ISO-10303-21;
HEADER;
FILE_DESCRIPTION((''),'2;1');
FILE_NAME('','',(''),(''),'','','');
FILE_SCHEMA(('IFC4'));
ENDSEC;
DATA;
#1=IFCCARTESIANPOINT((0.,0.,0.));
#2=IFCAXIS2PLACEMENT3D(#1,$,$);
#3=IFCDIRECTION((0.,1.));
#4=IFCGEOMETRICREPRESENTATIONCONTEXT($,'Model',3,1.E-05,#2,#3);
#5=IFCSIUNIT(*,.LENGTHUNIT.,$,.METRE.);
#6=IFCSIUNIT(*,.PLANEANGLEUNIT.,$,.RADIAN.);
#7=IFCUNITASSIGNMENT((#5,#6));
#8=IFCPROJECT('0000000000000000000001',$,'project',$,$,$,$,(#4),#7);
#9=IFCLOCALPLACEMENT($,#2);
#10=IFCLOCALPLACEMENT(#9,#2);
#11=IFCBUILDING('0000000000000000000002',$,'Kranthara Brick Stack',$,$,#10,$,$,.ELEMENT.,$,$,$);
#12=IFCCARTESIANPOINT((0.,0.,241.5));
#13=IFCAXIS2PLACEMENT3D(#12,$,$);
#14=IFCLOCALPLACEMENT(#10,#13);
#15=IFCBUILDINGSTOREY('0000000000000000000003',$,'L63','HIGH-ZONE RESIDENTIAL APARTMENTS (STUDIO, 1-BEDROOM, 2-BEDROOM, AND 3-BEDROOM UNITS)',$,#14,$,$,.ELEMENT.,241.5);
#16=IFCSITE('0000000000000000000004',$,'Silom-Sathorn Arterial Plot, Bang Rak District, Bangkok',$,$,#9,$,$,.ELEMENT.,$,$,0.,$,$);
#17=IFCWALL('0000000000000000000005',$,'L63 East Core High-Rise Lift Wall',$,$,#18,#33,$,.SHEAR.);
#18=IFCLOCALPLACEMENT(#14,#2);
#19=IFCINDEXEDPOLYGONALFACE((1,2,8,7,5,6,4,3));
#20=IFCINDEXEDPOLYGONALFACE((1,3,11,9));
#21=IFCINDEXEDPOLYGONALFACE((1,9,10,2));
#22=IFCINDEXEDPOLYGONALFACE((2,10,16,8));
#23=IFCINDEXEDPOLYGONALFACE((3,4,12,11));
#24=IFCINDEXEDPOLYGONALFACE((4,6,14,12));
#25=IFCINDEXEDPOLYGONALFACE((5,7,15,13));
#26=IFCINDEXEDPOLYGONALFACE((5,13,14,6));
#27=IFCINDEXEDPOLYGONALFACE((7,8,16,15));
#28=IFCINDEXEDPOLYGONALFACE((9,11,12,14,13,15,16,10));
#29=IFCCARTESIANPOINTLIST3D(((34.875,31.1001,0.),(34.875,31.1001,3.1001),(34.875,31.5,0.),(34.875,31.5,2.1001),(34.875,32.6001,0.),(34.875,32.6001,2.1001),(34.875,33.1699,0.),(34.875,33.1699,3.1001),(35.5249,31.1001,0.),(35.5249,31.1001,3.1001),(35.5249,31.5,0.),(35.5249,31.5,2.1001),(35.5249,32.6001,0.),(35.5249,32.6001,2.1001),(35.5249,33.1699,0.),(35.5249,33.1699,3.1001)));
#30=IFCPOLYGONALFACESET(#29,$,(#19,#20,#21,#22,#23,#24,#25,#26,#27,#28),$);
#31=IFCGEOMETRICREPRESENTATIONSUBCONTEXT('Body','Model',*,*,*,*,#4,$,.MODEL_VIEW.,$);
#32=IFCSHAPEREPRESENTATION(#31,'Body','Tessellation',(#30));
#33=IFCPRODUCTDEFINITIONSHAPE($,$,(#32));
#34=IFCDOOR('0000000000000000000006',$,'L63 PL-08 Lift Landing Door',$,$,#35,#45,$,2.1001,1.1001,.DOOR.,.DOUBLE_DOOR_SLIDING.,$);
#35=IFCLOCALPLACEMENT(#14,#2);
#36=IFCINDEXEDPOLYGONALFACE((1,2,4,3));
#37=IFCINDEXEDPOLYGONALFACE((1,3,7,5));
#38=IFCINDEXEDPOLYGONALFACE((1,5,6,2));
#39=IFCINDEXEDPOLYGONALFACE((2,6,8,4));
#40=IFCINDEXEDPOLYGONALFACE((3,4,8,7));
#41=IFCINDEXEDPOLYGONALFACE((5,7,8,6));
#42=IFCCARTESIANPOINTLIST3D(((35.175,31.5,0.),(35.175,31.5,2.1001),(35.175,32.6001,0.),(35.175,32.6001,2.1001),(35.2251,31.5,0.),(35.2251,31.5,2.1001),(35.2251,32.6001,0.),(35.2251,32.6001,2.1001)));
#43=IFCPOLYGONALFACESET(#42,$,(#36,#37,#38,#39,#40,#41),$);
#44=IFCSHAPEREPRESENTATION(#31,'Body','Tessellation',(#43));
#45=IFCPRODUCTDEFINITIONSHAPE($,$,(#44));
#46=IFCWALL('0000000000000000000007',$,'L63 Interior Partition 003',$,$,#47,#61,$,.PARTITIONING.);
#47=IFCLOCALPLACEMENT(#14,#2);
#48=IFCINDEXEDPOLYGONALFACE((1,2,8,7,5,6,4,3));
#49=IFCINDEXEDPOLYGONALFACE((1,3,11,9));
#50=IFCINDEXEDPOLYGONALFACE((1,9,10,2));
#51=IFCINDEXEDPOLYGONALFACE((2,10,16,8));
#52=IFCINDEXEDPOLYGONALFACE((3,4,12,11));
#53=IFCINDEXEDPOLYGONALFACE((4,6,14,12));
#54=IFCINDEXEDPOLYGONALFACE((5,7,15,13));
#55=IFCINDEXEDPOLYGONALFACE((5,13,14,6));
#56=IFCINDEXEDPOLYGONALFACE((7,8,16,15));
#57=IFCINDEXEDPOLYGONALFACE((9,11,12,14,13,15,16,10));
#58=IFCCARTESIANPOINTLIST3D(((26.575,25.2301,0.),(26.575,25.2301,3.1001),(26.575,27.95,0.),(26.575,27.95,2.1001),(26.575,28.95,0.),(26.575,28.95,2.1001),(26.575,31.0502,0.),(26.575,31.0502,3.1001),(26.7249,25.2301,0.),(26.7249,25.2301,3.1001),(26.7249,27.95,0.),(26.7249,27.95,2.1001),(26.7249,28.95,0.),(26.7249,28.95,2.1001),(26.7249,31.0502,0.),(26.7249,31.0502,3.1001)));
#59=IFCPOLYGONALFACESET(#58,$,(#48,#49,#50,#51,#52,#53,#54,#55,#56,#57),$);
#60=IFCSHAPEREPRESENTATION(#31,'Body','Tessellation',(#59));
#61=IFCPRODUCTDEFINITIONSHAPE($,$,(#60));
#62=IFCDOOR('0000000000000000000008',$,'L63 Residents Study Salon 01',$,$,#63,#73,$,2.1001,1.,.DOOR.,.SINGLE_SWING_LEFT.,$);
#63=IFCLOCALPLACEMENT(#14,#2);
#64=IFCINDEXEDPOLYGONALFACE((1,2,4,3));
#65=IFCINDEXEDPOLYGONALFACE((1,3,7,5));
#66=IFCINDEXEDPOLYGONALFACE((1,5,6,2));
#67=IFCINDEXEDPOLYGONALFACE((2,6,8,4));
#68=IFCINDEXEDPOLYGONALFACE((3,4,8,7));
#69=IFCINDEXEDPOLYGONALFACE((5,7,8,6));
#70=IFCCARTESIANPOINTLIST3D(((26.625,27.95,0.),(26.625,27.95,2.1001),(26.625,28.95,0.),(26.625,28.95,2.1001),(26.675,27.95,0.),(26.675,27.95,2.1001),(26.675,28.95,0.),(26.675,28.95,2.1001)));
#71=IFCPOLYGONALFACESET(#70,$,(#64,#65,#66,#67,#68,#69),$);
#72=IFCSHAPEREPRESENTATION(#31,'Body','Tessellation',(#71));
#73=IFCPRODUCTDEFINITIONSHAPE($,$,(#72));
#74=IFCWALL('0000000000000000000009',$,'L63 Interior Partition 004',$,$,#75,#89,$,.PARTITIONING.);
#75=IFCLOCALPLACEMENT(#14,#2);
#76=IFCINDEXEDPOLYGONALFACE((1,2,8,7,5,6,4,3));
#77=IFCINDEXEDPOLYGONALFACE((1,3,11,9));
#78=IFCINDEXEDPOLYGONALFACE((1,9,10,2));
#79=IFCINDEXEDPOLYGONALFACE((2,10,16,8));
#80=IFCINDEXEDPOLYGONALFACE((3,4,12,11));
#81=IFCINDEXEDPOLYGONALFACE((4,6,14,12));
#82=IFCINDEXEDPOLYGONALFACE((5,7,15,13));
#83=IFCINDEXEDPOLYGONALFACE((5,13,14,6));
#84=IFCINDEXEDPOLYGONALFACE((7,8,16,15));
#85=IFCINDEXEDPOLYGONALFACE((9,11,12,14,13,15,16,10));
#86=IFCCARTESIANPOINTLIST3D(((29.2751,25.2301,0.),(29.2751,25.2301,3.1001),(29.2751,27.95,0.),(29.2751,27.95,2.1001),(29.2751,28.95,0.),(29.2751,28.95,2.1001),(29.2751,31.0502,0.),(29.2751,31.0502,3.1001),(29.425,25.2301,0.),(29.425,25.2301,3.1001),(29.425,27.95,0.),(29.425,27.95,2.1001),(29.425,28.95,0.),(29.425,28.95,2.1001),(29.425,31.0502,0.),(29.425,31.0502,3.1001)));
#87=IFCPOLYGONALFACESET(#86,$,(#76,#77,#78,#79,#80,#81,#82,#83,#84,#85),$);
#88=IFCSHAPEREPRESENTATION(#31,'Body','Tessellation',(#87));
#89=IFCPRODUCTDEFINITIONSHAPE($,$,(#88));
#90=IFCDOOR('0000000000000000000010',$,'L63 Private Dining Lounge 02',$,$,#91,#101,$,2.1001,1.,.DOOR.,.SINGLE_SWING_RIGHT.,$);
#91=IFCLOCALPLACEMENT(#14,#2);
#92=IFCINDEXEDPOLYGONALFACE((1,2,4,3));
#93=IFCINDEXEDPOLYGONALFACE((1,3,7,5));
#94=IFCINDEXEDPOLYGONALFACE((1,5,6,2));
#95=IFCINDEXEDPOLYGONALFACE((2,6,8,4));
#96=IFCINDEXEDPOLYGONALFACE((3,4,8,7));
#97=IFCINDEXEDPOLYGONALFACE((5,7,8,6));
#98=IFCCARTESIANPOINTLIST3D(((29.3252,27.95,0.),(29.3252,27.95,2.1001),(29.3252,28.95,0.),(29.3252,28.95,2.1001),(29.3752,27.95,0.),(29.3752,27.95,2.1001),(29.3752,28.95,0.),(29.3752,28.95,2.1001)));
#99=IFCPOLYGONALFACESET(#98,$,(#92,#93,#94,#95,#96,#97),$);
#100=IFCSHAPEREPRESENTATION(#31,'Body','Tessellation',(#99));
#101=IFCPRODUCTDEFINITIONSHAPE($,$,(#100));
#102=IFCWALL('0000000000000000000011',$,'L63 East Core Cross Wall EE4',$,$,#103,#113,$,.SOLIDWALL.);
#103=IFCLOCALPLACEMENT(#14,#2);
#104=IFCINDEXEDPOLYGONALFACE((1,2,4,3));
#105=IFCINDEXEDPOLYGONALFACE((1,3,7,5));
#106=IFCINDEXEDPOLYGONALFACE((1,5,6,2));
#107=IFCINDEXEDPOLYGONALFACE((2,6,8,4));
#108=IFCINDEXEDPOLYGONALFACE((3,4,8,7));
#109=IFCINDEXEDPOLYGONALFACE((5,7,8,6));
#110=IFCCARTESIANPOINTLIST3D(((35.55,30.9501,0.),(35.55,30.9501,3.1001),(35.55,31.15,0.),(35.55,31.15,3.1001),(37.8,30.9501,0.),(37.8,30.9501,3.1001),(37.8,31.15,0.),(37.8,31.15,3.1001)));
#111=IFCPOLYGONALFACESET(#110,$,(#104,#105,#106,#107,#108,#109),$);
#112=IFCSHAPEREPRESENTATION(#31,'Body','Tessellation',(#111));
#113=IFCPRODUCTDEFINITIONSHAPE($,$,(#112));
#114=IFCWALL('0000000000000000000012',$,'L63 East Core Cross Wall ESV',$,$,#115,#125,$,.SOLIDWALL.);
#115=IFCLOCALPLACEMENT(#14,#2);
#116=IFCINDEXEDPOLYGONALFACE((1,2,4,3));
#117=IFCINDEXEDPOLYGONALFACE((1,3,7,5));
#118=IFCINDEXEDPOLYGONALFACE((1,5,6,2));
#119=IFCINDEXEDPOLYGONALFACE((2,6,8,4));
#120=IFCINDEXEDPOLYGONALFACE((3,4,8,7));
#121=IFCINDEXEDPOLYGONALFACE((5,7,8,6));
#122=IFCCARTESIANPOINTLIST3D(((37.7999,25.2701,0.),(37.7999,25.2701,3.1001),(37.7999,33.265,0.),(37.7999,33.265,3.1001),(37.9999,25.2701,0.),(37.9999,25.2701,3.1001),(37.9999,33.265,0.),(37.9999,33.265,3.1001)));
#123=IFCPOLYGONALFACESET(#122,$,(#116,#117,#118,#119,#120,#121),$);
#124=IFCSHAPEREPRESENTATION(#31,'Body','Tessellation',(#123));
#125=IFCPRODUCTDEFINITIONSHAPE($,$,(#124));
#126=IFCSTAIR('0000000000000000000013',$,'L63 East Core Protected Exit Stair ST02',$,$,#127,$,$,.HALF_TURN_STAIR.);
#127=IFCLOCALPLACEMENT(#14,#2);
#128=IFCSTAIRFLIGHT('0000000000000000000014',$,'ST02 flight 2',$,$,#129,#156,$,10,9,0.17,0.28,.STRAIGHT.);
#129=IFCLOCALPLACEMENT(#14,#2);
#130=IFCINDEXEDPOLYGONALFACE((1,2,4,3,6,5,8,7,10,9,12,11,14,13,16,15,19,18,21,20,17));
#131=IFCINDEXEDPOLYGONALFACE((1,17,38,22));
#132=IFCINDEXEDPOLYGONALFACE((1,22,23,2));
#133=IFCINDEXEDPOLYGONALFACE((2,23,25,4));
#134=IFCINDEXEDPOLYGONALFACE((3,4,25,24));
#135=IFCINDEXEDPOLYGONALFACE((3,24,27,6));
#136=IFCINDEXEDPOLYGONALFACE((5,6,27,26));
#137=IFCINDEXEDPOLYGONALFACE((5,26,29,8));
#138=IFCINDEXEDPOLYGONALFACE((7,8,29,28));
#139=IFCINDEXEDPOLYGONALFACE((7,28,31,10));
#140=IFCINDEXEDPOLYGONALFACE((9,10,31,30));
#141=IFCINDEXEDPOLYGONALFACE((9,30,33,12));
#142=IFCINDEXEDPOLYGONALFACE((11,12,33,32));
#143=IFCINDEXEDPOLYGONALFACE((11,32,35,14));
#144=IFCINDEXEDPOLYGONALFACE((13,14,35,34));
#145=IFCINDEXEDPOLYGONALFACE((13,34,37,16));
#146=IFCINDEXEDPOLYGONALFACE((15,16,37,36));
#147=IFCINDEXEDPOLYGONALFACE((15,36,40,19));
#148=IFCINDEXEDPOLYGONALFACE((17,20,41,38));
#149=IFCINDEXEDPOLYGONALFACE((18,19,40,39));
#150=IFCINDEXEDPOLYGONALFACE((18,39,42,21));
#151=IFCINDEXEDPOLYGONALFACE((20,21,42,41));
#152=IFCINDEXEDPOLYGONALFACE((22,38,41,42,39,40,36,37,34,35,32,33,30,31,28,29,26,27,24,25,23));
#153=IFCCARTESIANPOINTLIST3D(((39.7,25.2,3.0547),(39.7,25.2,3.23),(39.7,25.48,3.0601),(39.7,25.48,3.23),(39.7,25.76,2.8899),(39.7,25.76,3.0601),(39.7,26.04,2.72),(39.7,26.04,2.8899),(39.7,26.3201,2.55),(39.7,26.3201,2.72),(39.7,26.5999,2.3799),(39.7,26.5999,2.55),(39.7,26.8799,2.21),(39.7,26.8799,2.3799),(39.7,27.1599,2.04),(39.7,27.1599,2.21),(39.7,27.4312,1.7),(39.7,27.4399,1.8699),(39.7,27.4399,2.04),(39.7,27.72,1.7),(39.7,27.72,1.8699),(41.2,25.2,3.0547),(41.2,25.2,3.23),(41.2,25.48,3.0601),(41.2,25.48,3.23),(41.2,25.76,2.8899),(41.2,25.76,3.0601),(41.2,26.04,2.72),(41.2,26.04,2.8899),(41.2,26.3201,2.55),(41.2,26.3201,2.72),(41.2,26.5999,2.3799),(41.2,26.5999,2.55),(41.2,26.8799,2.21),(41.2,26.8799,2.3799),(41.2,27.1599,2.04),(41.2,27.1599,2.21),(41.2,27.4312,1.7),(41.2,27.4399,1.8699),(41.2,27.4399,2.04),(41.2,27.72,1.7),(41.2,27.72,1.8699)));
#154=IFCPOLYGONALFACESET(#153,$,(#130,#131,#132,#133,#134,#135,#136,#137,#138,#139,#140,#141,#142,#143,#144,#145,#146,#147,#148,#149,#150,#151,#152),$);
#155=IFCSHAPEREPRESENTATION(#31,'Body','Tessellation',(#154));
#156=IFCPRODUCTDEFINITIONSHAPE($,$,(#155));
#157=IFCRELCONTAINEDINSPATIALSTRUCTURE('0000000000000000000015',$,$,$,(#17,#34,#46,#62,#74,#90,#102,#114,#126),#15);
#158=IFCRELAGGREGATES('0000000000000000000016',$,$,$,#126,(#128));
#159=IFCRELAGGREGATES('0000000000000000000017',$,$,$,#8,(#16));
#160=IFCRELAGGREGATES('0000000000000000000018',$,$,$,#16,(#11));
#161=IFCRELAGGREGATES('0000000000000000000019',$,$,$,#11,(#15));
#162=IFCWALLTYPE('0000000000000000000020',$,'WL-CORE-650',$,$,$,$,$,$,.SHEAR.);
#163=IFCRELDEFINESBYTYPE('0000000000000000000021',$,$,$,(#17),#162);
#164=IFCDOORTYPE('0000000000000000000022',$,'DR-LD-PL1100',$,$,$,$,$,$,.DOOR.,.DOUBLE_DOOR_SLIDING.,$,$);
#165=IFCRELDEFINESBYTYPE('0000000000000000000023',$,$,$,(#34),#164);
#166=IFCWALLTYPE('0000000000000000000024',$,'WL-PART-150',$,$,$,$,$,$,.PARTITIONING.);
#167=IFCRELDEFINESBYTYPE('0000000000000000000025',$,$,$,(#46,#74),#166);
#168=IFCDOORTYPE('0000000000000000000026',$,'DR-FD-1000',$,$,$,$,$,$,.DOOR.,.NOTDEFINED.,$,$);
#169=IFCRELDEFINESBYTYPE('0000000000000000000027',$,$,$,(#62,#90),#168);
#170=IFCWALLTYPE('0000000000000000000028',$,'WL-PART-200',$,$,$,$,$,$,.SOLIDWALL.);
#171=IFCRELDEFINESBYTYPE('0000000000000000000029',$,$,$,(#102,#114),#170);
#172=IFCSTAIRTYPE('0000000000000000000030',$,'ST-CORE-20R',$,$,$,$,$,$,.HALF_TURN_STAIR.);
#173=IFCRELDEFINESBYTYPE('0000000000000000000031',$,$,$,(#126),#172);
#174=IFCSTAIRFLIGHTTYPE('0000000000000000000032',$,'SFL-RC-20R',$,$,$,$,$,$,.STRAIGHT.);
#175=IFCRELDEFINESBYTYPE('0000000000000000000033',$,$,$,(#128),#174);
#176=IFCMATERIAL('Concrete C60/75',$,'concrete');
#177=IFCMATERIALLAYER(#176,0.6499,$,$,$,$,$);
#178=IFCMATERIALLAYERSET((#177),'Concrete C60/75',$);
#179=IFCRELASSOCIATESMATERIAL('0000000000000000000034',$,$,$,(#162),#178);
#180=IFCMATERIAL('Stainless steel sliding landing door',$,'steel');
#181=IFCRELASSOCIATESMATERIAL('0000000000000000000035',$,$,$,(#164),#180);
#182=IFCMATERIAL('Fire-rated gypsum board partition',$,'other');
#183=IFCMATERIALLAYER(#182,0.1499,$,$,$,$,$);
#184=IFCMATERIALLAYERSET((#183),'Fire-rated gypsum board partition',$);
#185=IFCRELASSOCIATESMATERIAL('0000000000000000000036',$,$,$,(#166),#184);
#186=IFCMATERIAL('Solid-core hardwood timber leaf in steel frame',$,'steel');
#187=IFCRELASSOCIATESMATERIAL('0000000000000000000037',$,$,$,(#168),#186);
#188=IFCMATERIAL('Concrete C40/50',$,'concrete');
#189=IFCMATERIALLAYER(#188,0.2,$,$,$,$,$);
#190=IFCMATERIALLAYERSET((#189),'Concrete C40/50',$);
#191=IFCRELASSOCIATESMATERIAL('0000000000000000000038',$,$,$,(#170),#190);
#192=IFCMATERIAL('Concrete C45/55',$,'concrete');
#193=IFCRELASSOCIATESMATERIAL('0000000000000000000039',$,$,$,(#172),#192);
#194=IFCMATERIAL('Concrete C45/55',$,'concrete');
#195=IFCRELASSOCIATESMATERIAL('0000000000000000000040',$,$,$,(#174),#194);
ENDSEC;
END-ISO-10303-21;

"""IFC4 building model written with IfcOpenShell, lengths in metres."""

from ifc_helpers import new_model, si_unit, direction, frame, frame_2d, origin, place, context, subcontext, project, spatial, polyline, rectangle, outline, extrude, material, layer, layer_set, type_object, element, fill, aggregate, save


model = new_model("IFC4")

# Units and contexts
model_context = context("Model", 3, precision=1e-05, world=origin(), true_north=direction((0.0, 1.0)))
body_context = subcontext(model_context, "Body", "Model", "MODEL_VIEW")
ifc_project = project(units=[si_unit("LENGTHUNIT", "METRE"), si_unit("PLANEANGLEUNIT", "RADIAN")], contexts=[model_context])

# Site, building, storey
site_placement = place(None, origin())
site = spatial("IfcSite", under=ifc_project, at=site_placement, Name="Silom-Sathorn Arterial Plot, Bang Rak District, Bangkok", CompositionType="ELEMENT", RefElevation=0.0)
building_placement = place(site_placement, origin())
building = spatial("IfcBuilding", under=site, at=building_placement, Name="Kranthara Brick Stack", CompositionType="ELEMENT")
storey_placement = place(building_placement, frame((0.0, 0.0, 241.5)))
storey = spatial("IfcBuildingStorey", under=building, at=storey_placement, Name="L63", Description="HIGH-ZONE RESIDENTIAL APARTMENTS (STUDIO, 1-BEDROOM, 2-BEDROOM, AND 3-BEDROOM UNITS)", CompositionType="ELEMENT", Elevation=241.5)

# Shared definitions
ifc_material_1 = material(Name="Concrete C60/75", Category="concrete")
ifc_layer_1 = layer(ifc_material_1, 0.6499)
ifc_layer_set_1 = layer_set([ifc_layer_1], Name="Concrete C60/75")
wall_type_1 = type_object("IfcWallType", Name="WL-CORE-650", PredefinedType="SHEAR", material=ifc_layer_set_1)

# Walls, openings, doors
wall_1_placement = place(storey_placement, frame((35.2, 31.1001, 0.0), z_axis=(0.0, 0.0, 1.0), x_axis=(0.0, 1.0, 0.0)))
wall_1 = element("IfcWall", 1, at=wall_1_placement, inside=storey, type_object=wall_type_1, Name="L63 East Core High-Rise Lift Wall", PredefinedType="SHEAR", context=body_context, shape_type="SweptSolid", body=[
    extrude(rectangle(XDim=2.0698, YDim=0.6499, at=frame_2d((1.0349, 0.0))), origin(), (0.0, 0.0, 1.0), 3.1001),
])
opening_1_placement = place(wall_1_placement, frame((0.3999, 0.0, 0.0)))
opening_1 = element("IfcOpeningElement", 2, at=opening_1_placement, cuts=wall_1, PredefinedType="OPENING", context=body_context, shape_type="SweptSolid", body=[
    extrude(rectangle(XDim=1.1001, YDim=2.1001, at=frame_2d((0.55, 1.05))), frame((0.0, 0.335, 0.0), z_axis=(0.0, -1.0, 0.0), x_axis=(1.0, 0.0, 0.0)), (0.0, 0.0, 1.0), 0.6699),
])
ifc_material_2 = material(Name="Stainless steel sliding landing door", Category="steel")
door_type_1 = type_object("IfcDoorType", Name="DR-LD-PL1100", OperationType="DOUBLE_DOOR_SLIDING", PredefinedType="DOOR", material=ifc_material_2)
door_1_placement = place(opening_1_placement, origin())
door_1 = element("IfcDoor", 3, at=door_1_placement, inside=storey, type_object=door_type_1, Name="L63 PL-08 Lift Landing Door", OperationType="DOUBLE_DOOR_SLIDING", OverallHeight=2.1001, OverallWidth=1.1001, PredefinedType="DOOR", context=body_context, shape_type="SweptSolid", body=[
    extrude(rectangle(XDim=1.1001, YDim=2.1001, at=frame_2d((0.55, 1.05))), frame((0.0, 0.0249, 0.0), z_axis=(0.0, -1.0, 0.0), x_axis=(1.0, 0.0, 0.0)), (0.0, 0.0, 1.0), 0.05),
])
fill(opening_1, door_1)
ifc_material_3 = material(Name="Fire-rated gypsum board partition", Category="other")
ifc_layer_2 = layer(ifc_material_3, 0.1499)
ifc_layer_set_2 = layer_set([ifc_layer_2], Name="Fire-rated gypsum board partition")
wall_type_2 = type_object("IfcWallType", Name="WL-PART-150", PredefinedType="PARTITIONING", material=ifc_layer_set_2)
wall_2_placement = place(storey_placement, frame((26.6499, 25.23, 0.0), z_axis=(0.0, 0.0, 1.0), x_axis=(0.0, 1.0, 0.0)))
wall_2 = element("IfcWall", 4, at=wall_2_placement, inside=storey, type_object=wall_type_2, Name="L63 Interior Partition 003", PredefinedType="PARTITIONING", context=body_context, shape_type="SweptSolid", body=[
    extrude(rectangle(XDim=5.8201, YDim=0.1499, at=frame_2d((2.9102, 0.0))), origin(), (0.0, 0.0, 1.0), 3.1001),
])
opening_2_placement = place(wall_2_placement, frame((2.72, 0.0, 0.0)))
opening_2 = element("IfcOpeningElement", 5, at=opening_2_placement, cuts=wall_2, PredefinedType="OPENING", context=body_context, shape_type="SweptSolid", body=[
    extrude(rectangle(XDim=1.0, YDim=2.1001, at=frame_2d((0.5, 1.05))), frame((0.0, 0.085, 0.0), z_axis=(0.0, -1.0, 0.0), x_axis=(1.0, 0.0, 0.0)), (0.0, 0.0, 1.0), 0.1699),
])
ifc_material_4 = material(Name="Solid-core hardwood timber leaf in steel frame", Category="steel")
door_type_2 = type_object("IfcDoorType", Name="DR-FD-1000", OperationType="NOTDEFINED", PredefinedType="DOOR", material=ifc_material_4)
door_2_placement = place(opening_2_placement, origin())
door_2 = element("IfcDoor", 6, at=door_2_placement, inside=storey, type_object=door_type_2, Name="L63 Residents Study Salon 01", OperationType="SINGLE_SWING_LEFT", OverallHeight=2.1001, OverallWidth=1.0, PredefinedType="DOOR", context=body_context, shape_type="SweptSolid", body=[
    extrude(rectangle(XDim=1.0, YDim=2.1001, at=frame_2d((0.5, 1.05))), frame((0.0, 0.0249, 0.0), z_axis=(0.0, -1.0, 0.0), x_axis=(1.0, 0.0, 0.0)), (0.0, 0.0, 1.0), 0.05),
])
fill(opening_2, door_2)
wall_3_placement = place(storey_placement, frame((29.3501, 25.23, 0.0), z_axis=(0.0, 0.0, 1.0), x_axis=(0.0, 1.0, 0.0)))
wall_3 = element("IfcWall", 7, at=wall_3_placement, inside=storey, type_object=wall_type_2, Name="L63 Interior Partition 004", PredefinedType="PARTITIONING", context=body_context, shape_type="SweptSolid", body=[
    extrude(rectangle(XDim=5.8201, YDim=0.1499, at=frame_2d((2.9102, 0.0))), origin(), (0.0, 0.0, 1.0), 3.1001),
])
opening_3_placement = place(wall_3_placement, frame((2.72, 0.0, 0.0)))
opening_3 = element("IfcOpeningElement", 8, at=opening_3_placement, cuts=wall_3, PredefinedType="OPENING", context=body_context, shape_type="SweptSolid", body=[
    extrude(rectangle(XDim=1.0, YDim=2.1001, at=frame_2d((0.5, 1.05))), frame((0.0, 0.085, 0.0), z_axis=(0.0, -1.0, 0.0), x_axis=(1.0, 0.0, 0.0)), (0.0, 0.0, 1.0), 0.1699),
])
door_3_placement = place(opening_3_placement, origin())
door_3 = element("IfcDoor", 9, at=door_3_placement, inside=storey, type_object=door_type_2, Name="L63 Private Dining Lounge 02", OperationType="SINGLE_SWING_RIGHT", OverallHeight=2.1001, OverallWidth=1.0, PredefinedType="DOOR", context=body_context, shape_type="SweptSolid", body=[
    extrude(rectangle(XDim=1.0, YDim=2.1001, at=frame_2d((0.5, 1.05))), frame((0.0, 0.0249, 0.0), z_axis=(0.0, -1.0, 0.0), x_axis=(1.0, 0.0, 0.0)), (0.0, 0.0, 1.0), 0.05),
])
fill(opening_3, door_3)

# Walls
ifc_material_5 = material(Name="Concrete C40/50", Category="concrete")
ifc_layer_3 = layer(ifc_material_5, 0.2)
ifc_layer_set_3 = layer_set([ifc_layer_3], Name="Concrete C40/50")
wall_type_3 = type_object("IfcWallType", Name="WL-PART-200", PredefinedType="SOLIDWALL", material=ifc_layer_set_3)
wall_4_placement = place(storey_placement, frame((35.55, 31.05, 0.0), z_axis=(0.0, 0.0, 1.0), x_axis=(1.0, 0.0, 0.0)))
element("IfcWall", 10, at=wall_4_placement, inside=storey, type_object=wall_type_3, Name="L63 East Core Cross Wall EE4", PredefinedType="SOLIDWALL", context=body_context, shape_type="SweptSolid", body=[
    extrude(rectangle(XDim=2.25, YDim=0.2, at=frame_2d((1.125, 0.0))), origin(), (0.0, 0.0, 1.0), 3.1001),
])
wall_5_placement = place(storey_placement, frame((37.8999, 25.27, 0.0), z_axis=(0.0, 0.0, 1.0), x_axis=(0.0, 1.0, 0.0)))
element("IfcWall", 11, at=wall_5_placement, inside=storey, type_object=wall_type_3, Name="L63 East Core Cross Wall ESV", PredefinedType="SOLIDWALL", context=body_context, shape_type="SweptSolid", body=[
    extrude(rectangle(XDim=7.9949, YDim=0.2, at=frame_2d((3.9976, 0.0))), origin(), (0.0, 0.0, 1.0), 3.1001),
])

# Stair, stair flight
ifc_material_6 = material(Name="Concrete C45/55", Category="concrete")
stair_type = type_object("IfcStairType", Name="ST-CORE-20R", PredefinedType="HALF_TURN_STAIR", material=ifc_material_6)
stair_placement = place(storey_placement, origin())
stair = element("IfcStair", 12, at=stair_placement, inside=storey, type_object=stair_type, Name="L63 East Core Protected Exit Stair ST02", PredefinedType="HALF_TURN_STAIR")
ifc_material_7 = material(Name="Concrete C45/55", Category="concrete")
stair_flight_type = type_object("IfcStairFlightType", Name="SFL-RC-20R", PredefinedType="STRAIGHT", material=ifc_material_7)
stair_flight_placement = place(storey_placement, frame((40.45, 27.72, 1.7), z_axis=(0.0, 0.0, 1.0), x_axis=(0.0, -1.0, 0.0)))
stair_flight = element("IfcStairFlight", 13, at=stair_flight_placement, type_object=stair_flight_type, Name="ST02 flight 2", NumberOfRisers=10, NumberOfTreads=9, PredefinedType="STRAIGHT", RiserHeight=0.17, TreadLength=0.28, context=body_context, shape_type="SweptSolid", body=[
    extrude(outline(polyline([(0.0, 0.0), (0.0, 0.1699), (0.28, 0.1699), (0.28, 0.3401), (0.5601, 0.3401), (0.5601, 0.51), (0.8401, 0.51), (0.8401, 0.6799), (1.1201, 0.6799), (1.1201, 0.8501), (1.3999, 0.8501), (1.3999, 1.02), (1.6799, 1.02), (1.6799, 1.1899), (1.96, 1.1899), (1.96, 1.3601), (2.24, 1.3601), (2.24, 1.53), (2.52, 1.53), (2.52, 1.7), (2.52, 1.3547), (0.2888, 0.0), (0.0, 0.0)])), frame((0.0, 0.75, 0.0), z_axis=(0.0, -1.0, 0.0), x_axis=(1.0, 0.0, 0.0)), (0.0, 0.0, 1.0), 1.5),
])
aggregate(stair, [stair_flight])

save(model, "model.ifc")
